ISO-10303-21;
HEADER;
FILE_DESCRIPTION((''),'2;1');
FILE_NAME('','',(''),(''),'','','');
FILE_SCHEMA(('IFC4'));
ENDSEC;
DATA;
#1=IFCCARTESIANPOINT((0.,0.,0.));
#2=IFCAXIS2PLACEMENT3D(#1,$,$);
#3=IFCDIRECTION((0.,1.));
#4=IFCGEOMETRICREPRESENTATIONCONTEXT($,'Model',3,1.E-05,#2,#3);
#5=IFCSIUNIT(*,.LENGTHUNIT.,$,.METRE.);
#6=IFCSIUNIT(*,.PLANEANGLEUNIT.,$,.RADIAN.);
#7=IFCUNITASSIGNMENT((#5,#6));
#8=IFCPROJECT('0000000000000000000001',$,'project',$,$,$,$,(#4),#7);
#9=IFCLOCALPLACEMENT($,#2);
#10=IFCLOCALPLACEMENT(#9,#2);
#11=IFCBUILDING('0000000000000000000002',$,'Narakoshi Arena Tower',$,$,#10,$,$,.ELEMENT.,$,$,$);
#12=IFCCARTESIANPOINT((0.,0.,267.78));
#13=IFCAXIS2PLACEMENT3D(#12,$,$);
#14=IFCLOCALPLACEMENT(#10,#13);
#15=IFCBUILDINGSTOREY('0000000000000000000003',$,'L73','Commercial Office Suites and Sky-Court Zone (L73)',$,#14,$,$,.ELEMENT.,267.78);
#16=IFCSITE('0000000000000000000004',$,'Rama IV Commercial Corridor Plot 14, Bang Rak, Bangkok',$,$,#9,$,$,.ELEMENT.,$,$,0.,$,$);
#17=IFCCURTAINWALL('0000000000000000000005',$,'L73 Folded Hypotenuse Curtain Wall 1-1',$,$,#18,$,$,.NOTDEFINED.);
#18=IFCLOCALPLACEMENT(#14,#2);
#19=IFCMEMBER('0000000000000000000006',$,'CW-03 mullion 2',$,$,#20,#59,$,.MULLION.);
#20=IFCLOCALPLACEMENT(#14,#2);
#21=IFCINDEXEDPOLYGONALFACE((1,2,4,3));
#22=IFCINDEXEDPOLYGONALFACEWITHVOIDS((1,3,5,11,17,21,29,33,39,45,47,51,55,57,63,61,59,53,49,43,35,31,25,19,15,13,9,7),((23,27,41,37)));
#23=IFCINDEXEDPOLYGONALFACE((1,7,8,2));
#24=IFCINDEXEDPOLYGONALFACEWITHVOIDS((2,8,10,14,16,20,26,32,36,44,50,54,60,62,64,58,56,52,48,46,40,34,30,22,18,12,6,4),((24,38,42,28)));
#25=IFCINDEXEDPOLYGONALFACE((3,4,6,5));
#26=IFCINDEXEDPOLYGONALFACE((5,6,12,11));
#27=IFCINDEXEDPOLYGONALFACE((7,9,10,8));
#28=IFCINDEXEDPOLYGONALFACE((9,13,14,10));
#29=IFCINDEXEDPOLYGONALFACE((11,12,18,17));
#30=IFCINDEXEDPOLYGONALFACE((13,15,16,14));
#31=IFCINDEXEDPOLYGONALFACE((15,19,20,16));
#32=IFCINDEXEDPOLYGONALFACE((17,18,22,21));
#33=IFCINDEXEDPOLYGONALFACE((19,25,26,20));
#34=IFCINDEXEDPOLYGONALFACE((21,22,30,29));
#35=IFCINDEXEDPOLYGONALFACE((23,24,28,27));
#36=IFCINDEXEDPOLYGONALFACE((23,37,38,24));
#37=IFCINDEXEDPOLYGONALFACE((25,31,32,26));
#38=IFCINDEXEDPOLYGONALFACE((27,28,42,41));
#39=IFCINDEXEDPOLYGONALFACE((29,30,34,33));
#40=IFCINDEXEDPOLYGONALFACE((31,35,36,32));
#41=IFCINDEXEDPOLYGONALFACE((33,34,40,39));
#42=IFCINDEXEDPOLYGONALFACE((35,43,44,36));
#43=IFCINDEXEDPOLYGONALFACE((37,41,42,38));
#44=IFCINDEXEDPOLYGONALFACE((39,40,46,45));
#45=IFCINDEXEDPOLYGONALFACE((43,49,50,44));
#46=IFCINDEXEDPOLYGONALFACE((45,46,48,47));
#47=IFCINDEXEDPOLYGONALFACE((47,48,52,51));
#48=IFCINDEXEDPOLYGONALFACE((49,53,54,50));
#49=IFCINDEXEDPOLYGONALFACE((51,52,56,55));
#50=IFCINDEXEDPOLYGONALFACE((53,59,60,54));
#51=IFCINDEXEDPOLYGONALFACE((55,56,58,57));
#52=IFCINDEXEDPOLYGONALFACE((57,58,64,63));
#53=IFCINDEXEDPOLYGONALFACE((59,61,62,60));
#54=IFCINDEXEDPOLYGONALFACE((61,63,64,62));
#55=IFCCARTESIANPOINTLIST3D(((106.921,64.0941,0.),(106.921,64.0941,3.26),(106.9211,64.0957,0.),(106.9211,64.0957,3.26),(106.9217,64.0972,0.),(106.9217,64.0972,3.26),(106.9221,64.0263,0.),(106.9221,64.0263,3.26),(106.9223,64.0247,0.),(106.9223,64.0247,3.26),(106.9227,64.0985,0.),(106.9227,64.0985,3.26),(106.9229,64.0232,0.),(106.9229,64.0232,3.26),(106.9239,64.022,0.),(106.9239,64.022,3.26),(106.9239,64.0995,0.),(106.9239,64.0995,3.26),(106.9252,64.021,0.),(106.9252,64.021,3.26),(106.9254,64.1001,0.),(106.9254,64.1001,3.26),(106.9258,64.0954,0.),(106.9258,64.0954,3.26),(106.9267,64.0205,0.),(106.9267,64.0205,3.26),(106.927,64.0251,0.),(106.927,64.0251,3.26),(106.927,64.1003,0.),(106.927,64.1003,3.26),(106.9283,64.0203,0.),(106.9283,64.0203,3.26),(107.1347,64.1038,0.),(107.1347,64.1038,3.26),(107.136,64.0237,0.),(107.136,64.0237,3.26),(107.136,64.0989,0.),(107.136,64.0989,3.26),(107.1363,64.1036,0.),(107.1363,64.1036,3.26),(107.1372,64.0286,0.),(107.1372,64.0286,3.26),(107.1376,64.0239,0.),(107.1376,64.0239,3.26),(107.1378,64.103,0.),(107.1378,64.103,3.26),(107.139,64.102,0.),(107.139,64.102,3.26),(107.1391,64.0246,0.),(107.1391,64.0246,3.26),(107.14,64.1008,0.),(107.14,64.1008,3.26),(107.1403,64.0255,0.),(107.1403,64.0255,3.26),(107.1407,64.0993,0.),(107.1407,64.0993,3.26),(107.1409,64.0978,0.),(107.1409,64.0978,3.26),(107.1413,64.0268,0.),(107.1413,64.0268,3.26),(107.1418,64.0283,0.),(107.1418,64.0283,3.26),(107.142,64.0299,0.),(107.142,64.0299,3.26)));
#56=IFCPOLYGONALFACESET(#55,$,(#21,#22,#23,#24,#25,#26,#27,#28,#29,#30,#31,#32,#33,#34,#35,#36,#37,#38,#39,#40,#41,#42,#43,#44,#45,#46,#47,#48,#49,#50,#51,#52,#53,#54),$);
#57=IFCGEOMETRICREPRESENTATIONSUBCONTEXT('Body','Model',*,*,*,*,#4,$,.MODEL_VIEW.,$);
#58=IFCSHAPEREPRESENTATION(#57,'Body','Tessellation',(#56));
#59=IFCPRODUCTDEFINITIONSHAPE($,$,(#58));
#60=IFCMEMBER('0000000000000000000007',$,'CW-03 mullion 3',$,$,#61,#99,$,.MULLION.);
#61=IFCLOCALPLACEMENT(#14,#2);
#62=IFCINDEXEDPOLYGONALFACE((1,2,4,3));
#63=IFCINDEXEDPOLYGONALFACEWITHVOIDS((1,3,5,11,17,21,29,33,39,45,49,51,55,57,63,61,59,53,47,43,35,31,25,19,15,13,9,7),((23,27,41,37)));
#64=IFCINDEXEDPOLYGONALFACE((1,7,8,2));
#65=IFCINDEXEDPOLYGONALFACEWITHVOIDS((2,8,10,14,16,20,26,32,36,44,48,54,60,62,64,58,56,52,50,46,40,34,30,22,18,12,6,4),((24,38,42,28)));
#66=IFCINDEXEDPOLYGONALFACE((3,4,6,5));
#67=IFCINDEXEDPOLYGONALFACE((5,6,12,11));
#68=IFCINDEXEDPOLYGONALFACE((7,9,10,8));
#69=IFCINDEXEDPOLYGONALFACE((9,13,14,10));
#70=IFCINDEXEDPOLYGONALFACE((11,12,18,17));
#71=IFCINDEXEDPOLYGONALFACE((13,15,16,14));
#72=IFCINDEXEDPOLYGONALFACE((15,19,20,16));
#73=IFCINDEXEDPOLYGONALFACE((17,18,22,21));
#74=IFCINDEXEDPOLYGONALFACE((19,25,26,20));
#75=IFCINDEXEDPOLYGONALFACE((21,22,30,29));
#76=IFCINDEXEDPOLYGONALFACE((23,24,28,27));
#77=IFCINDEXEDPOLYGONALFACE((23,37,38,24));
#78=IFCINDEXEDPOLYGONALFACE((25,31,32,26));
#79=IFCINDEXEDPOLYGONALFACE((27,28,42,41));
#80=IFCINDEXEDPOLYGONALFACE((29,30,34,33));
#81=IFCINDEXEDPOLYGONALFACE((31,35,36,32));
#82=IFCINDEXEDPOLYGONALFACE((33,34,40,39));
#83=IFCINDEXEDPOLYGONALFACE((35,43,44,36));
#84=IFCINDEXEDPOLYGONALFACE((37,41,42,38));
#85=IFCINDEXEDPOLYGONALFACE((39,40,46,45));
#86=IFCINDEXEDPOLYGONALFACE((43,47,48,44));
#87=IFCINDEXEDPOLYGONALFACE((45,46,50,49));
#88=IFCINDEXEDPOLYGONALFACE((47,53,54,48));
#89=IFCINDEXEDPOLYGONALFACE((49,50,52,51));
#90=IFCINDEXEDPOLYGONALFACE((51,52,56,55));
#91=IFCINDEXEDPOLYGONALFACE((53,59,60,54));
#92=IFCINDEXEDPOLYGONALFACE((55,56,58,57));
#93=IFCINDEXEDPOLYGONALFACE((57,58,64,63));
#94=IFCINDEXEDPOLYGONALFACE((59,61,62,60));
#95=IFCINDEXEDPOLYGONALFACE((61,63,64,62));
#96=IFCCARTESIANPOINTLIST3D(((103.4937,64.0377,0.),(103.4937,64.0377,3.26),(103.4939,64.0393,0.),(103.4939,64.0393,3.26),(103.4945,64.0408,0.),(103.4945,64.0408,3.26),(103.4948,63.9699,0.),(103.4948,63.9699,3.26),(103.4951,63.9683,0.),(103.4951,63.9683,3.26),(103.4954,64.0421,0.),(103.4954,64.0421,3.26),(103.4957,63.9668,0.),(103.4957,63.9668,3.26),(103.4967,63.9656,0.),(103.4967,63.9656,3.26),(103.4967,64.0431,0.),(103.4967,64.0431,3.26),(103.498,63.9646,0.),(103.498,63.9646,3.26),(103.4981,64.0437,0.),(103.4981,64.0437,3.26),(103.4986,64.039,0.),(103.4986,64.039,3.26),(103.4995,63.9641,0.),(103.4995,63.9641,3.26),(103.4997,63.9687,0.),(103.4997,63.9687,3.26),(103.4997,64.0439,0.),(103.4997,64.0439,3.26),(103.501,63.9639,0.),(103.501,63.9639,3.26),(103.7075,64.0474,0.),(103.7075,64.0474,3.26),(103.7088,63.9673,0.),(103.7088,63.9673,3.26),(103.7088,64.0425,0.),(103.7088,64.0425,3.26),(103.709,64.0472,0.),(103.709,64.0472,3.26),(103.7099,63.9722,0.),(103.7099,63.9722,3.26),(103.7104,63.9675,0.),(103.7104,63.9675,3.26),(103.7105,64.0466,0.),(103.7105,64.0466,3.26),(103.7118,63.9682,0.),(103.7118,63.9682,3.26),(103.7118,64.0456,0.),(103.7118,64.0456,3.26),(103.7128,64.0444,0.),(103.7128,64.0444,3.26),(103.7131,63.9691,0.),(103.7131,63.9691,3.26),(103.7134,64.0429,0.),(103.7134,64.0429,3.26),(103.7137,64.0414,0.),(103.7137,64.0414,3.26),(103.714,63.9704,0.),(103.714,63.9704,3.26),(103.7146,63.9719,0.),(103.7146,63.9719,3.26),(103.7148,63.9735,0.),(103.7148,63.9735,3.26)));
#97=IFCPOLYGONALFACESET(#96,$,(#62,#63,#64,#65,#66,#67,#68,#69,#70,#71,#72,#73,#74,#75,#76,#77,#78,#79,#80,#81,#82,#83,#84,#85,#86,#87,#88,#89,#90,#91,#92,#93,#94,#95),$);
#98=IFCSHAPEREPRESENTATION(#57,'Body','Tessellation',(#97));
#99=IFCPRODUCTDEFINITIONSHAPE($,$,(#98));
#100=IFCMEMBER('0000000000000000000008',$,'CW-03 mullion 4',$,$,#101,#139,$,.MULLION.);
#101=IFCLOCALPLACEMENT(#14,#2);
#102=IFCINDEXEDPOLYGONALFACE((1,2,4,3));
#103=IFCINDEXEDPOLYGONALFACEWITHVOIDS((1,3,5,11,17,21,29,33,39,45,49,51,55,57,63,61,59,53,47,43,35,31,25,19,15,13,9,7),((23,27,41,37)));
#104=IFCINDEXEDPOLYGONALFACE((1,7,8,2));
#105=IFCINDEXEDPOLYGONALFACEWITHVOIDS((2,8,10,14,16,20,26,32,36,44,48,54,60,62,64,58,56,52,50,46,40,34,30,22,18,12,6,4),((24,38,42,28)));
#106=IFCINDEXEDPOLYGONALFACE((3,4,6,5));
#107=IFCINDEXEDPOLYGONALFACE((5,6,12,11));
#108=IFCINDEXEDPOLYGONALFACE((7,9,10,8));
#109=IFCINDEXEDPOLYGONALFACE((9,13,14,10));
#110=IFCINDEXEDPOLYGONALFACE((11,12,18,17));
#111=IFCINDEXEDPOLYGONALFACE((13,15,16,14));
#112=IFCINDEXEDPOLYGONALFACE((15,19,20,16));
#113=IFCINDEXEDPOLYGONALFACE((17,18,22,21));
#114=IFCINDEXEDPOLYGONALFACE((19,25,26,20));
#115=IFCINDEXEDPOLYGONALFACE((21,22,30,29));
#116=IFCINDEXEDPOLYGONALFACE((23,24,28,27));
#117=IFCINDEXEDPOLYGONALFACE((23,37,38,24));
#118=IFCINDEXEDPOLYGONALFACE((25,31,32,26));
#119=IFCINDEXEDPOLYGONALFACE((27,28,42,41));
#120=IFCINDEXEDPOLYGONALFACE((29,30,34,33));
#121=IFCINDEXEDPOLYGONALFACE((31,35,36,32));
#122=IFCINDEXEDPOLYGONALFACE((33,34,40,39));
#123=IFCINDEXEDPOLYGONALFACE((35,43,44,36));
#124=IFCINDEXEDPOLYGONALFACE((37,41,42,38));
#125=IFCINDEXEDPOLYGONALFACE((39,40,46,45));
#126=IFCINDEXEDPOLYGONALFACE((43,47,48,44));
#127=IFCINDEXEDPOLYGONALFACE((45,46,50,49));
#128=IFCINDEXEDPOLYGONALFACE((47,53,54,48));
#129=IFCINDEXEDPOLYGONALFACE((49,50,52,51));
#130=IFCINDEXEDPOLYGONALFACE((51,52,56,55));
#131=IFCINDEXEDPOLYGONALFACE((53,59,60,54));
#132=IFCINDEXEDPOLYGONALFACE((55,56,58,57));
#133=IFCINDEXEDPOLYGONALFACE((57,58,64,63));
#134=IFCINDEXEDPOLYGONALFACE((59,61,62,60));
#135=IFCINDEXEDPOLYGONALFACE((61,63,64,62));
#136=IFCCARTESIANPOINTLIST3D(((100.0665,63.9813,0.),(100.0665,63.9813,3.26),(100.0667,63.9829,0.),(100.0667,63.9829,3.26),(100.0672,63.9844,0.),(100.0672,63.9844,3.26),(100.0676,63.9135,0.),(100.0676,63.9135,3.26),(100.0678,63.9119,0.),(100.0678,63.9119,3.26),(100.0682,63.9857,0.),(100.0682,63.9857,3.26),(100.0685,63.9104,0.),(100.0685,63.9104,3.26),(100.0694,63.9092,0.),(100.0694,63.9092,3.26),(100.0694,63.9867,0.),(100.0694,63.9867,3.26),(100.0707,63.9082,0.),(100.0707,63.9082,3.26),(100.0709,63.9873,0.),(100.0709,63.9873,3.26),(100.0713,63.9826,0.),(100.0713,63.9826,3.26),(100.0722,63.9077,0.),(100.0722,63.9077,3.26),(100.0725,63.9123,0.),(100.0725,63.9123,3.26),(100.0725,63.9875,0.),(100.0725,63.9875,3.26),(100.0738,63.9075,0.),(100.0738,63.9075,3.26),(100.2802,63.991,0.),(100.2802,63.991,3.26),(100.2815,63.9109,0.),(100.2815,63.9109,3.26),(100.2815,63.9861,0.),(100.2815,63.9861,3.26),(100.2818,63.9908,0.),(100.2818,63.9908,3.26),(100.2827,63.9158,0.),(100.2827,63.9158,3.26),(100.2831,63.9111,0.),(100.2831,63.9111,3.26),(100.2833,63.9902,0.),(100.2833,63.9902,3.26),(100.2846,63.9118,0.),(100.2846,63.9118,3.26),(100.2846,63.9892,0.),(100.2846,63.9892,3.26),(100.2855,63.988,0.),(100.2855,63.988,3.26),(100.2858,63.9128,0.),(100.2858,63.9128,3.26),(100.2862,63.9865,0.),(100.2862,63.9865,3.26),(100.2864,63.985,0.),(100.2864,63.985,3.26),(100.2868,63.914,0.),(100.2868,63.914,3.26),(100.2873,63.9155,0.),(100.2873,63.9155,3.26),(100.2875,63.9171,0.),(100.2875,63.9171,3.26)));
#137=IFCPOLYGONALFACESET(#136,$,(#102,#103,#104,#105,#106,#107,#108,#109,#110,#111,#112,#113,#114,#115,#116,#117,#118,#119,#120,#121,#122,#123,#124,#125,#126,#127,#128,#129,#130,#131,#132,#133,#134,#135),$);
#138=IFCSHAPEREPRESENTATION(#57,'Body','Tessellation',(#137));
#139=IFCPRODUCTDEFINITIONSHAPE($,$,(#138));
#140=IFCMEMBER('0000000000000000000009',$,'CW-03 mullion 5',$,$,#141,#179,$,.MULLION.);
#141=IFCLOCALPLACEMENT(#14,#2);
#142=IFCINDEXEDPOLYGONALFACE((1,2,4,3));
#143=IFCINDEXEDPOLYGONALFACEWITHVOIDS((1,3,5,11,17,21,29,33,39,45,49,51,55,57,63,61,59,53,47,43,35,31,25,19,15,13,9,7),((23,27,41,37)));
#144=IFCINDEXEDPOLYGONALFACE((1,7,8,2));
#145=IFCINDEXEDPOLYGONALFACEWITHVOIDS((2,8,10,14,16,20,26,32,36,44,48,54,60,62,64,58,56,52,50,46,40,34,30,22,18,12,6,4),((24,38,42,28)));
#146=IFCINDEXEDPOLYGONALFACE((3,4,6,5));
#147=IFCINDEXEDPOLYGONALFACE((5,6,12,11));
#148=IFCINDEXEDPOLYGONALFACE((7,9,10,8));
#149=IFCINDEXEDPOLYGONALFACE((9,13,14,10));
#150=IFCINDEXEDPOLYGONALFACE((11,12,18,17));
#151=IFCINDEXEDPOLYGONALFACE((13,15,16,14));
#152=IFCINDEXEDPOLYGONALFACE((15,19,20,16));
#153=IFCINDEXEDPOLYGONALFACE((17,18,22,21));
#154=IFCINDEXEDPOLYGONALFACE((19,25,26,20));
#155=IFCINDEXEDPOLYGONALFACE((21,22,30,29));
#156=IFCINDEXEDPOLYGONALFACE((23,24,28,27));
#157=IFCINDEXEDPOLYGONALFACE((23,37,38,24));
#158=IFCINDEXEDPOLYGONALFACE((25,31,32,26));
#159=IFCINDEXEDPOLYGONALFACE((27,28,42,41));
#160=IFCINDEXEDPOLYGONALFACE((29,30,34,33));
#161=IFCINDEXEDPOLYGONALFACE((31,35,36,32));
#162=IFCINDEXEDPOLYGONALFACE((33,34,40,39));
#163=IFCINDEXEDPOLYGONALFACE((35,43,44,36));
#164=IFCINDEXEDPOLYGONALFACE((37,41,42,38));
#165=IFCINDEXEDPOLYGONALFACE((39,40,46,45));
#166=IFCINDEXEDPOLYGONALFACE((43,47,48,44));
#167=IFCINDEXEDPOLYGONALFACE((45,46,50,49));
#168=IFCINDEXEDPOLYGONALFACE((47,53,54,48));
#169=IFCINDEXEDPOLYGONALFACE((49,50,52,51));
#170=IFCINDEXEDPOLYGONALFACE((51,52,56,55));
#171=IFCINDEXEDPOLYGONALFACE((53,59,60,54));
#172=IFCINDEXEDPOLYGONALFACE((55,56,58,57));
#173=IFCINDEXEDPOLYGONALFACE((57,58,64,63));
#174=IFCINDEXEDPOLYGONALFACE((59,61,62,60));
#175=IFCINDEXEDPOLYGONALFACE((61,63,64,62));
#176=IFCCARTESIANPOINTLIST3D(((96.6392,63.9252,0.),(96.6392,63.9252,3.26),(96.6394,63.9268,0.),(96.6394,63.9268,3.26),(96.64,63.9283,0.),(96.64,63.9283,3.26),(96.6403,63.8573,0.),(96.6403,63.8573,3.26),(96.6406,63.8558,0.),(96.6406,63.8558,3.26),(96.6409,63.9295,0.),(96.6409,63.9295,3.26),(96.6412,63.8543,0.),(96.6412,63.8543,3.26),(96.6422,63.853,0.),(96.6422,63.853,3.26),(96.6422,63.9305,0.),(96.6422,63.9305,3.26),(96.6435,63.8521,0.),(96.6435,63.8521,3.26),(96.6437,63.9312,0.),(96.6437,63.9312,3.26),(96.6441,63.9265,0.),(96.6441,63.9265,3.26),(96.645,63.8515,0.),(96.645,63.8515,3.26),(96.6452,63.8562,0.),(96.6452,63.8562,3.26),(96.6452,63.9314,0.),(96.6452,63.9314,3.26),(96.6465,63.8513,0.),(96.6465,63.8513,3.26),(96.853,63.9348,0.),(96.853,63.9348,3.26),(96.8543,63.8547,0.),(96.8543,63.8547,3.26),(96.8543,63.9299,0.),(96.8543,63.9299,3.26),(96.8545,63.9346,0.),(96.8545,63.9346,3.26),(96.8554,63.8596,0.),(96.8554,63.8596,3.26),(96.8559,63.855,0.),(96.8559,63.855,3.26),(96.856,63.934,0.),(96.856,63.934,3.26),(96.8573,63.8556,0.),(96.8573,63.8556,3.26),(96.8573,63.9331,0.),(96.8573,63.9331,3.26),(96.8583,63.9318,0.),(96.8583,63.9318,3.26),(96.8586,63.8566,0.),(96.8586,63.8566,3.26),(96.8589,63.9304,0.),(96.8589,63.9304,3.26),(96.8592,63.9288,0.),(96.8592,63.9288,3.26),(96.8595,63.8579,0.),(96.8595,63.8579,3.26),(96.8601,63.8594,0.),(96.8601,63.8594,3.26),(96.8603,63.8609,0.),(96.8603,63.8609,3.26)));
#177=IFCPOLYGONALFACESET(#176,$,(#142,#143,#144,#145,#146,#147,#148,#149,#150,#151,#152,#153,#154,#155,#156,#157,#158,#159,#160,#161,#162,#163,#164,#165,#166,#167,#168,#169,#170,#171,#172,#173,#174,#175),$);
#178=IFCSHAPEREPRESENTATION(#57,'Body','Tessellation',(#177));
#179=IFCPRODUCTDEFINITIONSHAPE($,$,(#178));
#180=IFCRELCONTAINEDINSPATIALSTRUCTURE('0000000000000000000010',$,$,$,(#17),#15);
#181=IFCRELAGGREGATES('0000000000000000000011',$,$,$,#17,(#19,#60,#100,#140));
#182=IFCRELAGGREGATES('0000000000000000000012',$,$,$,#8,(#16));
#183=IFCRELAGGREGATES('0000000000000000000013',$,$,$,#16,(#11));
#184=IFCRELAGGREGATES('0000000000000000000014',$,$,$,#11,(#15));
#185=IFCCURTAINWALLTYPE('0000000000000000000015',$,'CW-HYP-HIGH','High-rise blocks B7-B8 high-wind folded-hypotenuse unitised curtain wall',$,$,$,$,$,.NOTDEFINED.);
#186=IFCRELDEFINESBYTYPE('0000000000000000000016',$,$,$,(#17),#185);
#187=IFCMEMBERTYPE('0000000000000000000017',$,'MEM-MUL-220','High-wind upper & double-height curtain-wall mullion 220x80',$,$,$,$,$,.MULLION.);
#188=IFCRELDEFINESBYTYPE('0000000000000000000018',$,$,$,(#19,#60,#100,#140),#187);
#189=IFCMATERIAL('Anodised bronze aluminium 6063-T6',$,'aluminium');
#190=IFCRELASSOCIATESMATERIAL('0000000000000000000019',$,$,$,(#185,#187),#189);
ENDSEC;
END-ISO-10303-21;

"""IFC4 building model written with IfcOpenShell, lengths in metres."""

from ifc_helpers import new_model, si_unit, direction, frame, origin, origin_2d, place, context, subcontext, project, spatial, hollow_rectangle, extrude, material, material_profile, profile_set, type_object, element, aggregate, save


model = new_model("IFC4")

# Units and contexts
model_context = context("Model", 3, precision=1e-05, world=origin(), true_north=direction((0.0, 1.0)))
body_context = subcontext(model_context, "Body", "Model", "MODEL_VIEW")
ifc_project = project(units=[si_unit("LENGTHUNIT", "METRE"), si_unit("PLANEANGLEUNIT", "RADIAN")], contexts=[model_context])

# Site, building, storey
site_placement = place(None, origin())
site = spatial("IfcSite", under=ifc_project, at=site_placement, Name="Rama IV Commercial Corridor Plot 14, Bang Rak, Bangkok", CompositionType="ELEMENT", RefElevation=0.0)
building_placement = place(site_placement, origin())
building = spatial("IfcBuilding", under=site, at=building_placement, Name="Narakoshi Arena Tower", CompositionType="ELEMENT")
storey_placement = place(building_placement, frame((0.0, 0.0, 267.78)))
storey = spatial("IfcBuildingStorey", under=building, at=storey_placement, Name="L73", Description="Commercial Office Suites and Sky-Court Zone (L73)", CompositionType="ELEMENT", Elevation=267.78)

# Curtain wall, members
ifc_material_1 = material(Name="Anodised bronze aluminium 6063-T6", Category="aluminium")
curtain_wall_type = type_object("IfcCurtainWallType", Name="CW-HYP-HIGH", Description="High-rise blocks B7-B8 high-wind folded-hypotenuse unitised curtain wall", PredefinedType="NOTDEFINED", material=ifc_material_1)
curtain_wall_placement = place(storey_placement, origin())
curtain_wall = element("IfcCurtainWall", 1, at=curtain_wall_placement, inside=storey, type_object=curtain_wall_type, Name="L73 Folded Hypotenuse Curtain Wall 1-1", PredefinedType="NOTDEFINED")
ifc_material_profile_1 = material_profile(ifc_material_1, hollow_rectangle(XDim=0.0801, YDim=0.22, WallThickness=0.0049, OuterFilletRadius=0.0061, at=origin_2d()), Name="MUL220x80x5")
ifc_profile_set_1 = profile_set([ifc_material_profile_1], Name="Anodised bronze aluminium 6063-T6")
member_type_1 = type_object("IfcMemberType", Name="MEM-MUL-220", Description="High-wind upper & double-height curtain-wall mullion 220x80", PredefinedType="MULLION", material=ifc_profile_set_1)
member_1_placement = place(storey_placement, frame((107.0315, 64.062, 0.0), z_axis=(0.0, 0.0, 1.0), x_axis=(0.016443, -0.999865, 0.0)))
member_1 = element("IfcMember", 2, at=member_1_placement, type_object=member_type_1, Name="CW-03 mullion 2", PredefinedType="MULLION", context=body_context, shape_type="SweptSolid", body=[
    extrude(hollow_rectangle(XDim=0.0801, YDim=0.22, WallThickness=0.0049, OuterFilletRadius=0.0061, at=origin_2d()), origin(), (0.0, 0.0, 1.0), 3.26),
])
member_2_placement = place(storey_placement, frame((103.6042, 64.0056, 0.0), z_axis=(0.0, 0.0, 1.0), x_axis=(0.016443, -0.999865, 0.0)))
member_2 = element("IfcMember", 3, at=member_2_placement, type_object=member_type_1, Name="CW-03 mullion 3", PredefinedType="MULLION", context=body_context, shape_type="SweptSolid", body=[
    extrude(hollow_rectangle(XDim=0.0801, YDim=0.22, WallThickness=0.0049, OuterFilletRadius=0.0061, at=origin_2d()), origin(), (0.0, 0.0, 1.0), 3.26),
])
member_3_placement = place(storey_placement, frame((100.177, 63.9492, 0.0), z_axis=(0.0, 0.0, 1.0), x_axis=(0.016443, -0.999865, 0.0)))
member_3 = element("IfcMember", 4, at=member_3_placement, type_object=member_type_1, Name="CW-03 mullion 4", PredefinedType="MULLION", context=body_context, shape_type="SweptSolid", body=[
    extrude(hollow_rectangle(XDim=0.0801, YDim=0.22, WallThickness=0.0049, OuterFilletRadius=0.0061, at=origin_2d()), origin(), (0.0, 0.0, 1.0), 3.26),
])
member_4_placement = place(storey_placement, frame((96.7498, 63.8931, 0.0), z_axis=(0.0, 0.0, 1.0), x_axis=(0.016443, -0.999865, 0.0)))
member_4 = element("IfcMember", 5, at=member_4_placement, type_object=member_type_1, Name="CW-03 mullion 5", PredefinedType="MULLION", context=body_context, shape_type="SweptSolid", body=[
    extrude(hollow_rectangle(XDim=0.0801, YDim=0.22, WallThickness=0.0049, OuterFilletRadius=0.0061, at=origin_2d()), origin(), (0.0, 0.0, 1.0), 3.26),
])
aggregate(curtain_wall, [member_1, member_2, member_3, member_4])

save(model, "model.ifc")
